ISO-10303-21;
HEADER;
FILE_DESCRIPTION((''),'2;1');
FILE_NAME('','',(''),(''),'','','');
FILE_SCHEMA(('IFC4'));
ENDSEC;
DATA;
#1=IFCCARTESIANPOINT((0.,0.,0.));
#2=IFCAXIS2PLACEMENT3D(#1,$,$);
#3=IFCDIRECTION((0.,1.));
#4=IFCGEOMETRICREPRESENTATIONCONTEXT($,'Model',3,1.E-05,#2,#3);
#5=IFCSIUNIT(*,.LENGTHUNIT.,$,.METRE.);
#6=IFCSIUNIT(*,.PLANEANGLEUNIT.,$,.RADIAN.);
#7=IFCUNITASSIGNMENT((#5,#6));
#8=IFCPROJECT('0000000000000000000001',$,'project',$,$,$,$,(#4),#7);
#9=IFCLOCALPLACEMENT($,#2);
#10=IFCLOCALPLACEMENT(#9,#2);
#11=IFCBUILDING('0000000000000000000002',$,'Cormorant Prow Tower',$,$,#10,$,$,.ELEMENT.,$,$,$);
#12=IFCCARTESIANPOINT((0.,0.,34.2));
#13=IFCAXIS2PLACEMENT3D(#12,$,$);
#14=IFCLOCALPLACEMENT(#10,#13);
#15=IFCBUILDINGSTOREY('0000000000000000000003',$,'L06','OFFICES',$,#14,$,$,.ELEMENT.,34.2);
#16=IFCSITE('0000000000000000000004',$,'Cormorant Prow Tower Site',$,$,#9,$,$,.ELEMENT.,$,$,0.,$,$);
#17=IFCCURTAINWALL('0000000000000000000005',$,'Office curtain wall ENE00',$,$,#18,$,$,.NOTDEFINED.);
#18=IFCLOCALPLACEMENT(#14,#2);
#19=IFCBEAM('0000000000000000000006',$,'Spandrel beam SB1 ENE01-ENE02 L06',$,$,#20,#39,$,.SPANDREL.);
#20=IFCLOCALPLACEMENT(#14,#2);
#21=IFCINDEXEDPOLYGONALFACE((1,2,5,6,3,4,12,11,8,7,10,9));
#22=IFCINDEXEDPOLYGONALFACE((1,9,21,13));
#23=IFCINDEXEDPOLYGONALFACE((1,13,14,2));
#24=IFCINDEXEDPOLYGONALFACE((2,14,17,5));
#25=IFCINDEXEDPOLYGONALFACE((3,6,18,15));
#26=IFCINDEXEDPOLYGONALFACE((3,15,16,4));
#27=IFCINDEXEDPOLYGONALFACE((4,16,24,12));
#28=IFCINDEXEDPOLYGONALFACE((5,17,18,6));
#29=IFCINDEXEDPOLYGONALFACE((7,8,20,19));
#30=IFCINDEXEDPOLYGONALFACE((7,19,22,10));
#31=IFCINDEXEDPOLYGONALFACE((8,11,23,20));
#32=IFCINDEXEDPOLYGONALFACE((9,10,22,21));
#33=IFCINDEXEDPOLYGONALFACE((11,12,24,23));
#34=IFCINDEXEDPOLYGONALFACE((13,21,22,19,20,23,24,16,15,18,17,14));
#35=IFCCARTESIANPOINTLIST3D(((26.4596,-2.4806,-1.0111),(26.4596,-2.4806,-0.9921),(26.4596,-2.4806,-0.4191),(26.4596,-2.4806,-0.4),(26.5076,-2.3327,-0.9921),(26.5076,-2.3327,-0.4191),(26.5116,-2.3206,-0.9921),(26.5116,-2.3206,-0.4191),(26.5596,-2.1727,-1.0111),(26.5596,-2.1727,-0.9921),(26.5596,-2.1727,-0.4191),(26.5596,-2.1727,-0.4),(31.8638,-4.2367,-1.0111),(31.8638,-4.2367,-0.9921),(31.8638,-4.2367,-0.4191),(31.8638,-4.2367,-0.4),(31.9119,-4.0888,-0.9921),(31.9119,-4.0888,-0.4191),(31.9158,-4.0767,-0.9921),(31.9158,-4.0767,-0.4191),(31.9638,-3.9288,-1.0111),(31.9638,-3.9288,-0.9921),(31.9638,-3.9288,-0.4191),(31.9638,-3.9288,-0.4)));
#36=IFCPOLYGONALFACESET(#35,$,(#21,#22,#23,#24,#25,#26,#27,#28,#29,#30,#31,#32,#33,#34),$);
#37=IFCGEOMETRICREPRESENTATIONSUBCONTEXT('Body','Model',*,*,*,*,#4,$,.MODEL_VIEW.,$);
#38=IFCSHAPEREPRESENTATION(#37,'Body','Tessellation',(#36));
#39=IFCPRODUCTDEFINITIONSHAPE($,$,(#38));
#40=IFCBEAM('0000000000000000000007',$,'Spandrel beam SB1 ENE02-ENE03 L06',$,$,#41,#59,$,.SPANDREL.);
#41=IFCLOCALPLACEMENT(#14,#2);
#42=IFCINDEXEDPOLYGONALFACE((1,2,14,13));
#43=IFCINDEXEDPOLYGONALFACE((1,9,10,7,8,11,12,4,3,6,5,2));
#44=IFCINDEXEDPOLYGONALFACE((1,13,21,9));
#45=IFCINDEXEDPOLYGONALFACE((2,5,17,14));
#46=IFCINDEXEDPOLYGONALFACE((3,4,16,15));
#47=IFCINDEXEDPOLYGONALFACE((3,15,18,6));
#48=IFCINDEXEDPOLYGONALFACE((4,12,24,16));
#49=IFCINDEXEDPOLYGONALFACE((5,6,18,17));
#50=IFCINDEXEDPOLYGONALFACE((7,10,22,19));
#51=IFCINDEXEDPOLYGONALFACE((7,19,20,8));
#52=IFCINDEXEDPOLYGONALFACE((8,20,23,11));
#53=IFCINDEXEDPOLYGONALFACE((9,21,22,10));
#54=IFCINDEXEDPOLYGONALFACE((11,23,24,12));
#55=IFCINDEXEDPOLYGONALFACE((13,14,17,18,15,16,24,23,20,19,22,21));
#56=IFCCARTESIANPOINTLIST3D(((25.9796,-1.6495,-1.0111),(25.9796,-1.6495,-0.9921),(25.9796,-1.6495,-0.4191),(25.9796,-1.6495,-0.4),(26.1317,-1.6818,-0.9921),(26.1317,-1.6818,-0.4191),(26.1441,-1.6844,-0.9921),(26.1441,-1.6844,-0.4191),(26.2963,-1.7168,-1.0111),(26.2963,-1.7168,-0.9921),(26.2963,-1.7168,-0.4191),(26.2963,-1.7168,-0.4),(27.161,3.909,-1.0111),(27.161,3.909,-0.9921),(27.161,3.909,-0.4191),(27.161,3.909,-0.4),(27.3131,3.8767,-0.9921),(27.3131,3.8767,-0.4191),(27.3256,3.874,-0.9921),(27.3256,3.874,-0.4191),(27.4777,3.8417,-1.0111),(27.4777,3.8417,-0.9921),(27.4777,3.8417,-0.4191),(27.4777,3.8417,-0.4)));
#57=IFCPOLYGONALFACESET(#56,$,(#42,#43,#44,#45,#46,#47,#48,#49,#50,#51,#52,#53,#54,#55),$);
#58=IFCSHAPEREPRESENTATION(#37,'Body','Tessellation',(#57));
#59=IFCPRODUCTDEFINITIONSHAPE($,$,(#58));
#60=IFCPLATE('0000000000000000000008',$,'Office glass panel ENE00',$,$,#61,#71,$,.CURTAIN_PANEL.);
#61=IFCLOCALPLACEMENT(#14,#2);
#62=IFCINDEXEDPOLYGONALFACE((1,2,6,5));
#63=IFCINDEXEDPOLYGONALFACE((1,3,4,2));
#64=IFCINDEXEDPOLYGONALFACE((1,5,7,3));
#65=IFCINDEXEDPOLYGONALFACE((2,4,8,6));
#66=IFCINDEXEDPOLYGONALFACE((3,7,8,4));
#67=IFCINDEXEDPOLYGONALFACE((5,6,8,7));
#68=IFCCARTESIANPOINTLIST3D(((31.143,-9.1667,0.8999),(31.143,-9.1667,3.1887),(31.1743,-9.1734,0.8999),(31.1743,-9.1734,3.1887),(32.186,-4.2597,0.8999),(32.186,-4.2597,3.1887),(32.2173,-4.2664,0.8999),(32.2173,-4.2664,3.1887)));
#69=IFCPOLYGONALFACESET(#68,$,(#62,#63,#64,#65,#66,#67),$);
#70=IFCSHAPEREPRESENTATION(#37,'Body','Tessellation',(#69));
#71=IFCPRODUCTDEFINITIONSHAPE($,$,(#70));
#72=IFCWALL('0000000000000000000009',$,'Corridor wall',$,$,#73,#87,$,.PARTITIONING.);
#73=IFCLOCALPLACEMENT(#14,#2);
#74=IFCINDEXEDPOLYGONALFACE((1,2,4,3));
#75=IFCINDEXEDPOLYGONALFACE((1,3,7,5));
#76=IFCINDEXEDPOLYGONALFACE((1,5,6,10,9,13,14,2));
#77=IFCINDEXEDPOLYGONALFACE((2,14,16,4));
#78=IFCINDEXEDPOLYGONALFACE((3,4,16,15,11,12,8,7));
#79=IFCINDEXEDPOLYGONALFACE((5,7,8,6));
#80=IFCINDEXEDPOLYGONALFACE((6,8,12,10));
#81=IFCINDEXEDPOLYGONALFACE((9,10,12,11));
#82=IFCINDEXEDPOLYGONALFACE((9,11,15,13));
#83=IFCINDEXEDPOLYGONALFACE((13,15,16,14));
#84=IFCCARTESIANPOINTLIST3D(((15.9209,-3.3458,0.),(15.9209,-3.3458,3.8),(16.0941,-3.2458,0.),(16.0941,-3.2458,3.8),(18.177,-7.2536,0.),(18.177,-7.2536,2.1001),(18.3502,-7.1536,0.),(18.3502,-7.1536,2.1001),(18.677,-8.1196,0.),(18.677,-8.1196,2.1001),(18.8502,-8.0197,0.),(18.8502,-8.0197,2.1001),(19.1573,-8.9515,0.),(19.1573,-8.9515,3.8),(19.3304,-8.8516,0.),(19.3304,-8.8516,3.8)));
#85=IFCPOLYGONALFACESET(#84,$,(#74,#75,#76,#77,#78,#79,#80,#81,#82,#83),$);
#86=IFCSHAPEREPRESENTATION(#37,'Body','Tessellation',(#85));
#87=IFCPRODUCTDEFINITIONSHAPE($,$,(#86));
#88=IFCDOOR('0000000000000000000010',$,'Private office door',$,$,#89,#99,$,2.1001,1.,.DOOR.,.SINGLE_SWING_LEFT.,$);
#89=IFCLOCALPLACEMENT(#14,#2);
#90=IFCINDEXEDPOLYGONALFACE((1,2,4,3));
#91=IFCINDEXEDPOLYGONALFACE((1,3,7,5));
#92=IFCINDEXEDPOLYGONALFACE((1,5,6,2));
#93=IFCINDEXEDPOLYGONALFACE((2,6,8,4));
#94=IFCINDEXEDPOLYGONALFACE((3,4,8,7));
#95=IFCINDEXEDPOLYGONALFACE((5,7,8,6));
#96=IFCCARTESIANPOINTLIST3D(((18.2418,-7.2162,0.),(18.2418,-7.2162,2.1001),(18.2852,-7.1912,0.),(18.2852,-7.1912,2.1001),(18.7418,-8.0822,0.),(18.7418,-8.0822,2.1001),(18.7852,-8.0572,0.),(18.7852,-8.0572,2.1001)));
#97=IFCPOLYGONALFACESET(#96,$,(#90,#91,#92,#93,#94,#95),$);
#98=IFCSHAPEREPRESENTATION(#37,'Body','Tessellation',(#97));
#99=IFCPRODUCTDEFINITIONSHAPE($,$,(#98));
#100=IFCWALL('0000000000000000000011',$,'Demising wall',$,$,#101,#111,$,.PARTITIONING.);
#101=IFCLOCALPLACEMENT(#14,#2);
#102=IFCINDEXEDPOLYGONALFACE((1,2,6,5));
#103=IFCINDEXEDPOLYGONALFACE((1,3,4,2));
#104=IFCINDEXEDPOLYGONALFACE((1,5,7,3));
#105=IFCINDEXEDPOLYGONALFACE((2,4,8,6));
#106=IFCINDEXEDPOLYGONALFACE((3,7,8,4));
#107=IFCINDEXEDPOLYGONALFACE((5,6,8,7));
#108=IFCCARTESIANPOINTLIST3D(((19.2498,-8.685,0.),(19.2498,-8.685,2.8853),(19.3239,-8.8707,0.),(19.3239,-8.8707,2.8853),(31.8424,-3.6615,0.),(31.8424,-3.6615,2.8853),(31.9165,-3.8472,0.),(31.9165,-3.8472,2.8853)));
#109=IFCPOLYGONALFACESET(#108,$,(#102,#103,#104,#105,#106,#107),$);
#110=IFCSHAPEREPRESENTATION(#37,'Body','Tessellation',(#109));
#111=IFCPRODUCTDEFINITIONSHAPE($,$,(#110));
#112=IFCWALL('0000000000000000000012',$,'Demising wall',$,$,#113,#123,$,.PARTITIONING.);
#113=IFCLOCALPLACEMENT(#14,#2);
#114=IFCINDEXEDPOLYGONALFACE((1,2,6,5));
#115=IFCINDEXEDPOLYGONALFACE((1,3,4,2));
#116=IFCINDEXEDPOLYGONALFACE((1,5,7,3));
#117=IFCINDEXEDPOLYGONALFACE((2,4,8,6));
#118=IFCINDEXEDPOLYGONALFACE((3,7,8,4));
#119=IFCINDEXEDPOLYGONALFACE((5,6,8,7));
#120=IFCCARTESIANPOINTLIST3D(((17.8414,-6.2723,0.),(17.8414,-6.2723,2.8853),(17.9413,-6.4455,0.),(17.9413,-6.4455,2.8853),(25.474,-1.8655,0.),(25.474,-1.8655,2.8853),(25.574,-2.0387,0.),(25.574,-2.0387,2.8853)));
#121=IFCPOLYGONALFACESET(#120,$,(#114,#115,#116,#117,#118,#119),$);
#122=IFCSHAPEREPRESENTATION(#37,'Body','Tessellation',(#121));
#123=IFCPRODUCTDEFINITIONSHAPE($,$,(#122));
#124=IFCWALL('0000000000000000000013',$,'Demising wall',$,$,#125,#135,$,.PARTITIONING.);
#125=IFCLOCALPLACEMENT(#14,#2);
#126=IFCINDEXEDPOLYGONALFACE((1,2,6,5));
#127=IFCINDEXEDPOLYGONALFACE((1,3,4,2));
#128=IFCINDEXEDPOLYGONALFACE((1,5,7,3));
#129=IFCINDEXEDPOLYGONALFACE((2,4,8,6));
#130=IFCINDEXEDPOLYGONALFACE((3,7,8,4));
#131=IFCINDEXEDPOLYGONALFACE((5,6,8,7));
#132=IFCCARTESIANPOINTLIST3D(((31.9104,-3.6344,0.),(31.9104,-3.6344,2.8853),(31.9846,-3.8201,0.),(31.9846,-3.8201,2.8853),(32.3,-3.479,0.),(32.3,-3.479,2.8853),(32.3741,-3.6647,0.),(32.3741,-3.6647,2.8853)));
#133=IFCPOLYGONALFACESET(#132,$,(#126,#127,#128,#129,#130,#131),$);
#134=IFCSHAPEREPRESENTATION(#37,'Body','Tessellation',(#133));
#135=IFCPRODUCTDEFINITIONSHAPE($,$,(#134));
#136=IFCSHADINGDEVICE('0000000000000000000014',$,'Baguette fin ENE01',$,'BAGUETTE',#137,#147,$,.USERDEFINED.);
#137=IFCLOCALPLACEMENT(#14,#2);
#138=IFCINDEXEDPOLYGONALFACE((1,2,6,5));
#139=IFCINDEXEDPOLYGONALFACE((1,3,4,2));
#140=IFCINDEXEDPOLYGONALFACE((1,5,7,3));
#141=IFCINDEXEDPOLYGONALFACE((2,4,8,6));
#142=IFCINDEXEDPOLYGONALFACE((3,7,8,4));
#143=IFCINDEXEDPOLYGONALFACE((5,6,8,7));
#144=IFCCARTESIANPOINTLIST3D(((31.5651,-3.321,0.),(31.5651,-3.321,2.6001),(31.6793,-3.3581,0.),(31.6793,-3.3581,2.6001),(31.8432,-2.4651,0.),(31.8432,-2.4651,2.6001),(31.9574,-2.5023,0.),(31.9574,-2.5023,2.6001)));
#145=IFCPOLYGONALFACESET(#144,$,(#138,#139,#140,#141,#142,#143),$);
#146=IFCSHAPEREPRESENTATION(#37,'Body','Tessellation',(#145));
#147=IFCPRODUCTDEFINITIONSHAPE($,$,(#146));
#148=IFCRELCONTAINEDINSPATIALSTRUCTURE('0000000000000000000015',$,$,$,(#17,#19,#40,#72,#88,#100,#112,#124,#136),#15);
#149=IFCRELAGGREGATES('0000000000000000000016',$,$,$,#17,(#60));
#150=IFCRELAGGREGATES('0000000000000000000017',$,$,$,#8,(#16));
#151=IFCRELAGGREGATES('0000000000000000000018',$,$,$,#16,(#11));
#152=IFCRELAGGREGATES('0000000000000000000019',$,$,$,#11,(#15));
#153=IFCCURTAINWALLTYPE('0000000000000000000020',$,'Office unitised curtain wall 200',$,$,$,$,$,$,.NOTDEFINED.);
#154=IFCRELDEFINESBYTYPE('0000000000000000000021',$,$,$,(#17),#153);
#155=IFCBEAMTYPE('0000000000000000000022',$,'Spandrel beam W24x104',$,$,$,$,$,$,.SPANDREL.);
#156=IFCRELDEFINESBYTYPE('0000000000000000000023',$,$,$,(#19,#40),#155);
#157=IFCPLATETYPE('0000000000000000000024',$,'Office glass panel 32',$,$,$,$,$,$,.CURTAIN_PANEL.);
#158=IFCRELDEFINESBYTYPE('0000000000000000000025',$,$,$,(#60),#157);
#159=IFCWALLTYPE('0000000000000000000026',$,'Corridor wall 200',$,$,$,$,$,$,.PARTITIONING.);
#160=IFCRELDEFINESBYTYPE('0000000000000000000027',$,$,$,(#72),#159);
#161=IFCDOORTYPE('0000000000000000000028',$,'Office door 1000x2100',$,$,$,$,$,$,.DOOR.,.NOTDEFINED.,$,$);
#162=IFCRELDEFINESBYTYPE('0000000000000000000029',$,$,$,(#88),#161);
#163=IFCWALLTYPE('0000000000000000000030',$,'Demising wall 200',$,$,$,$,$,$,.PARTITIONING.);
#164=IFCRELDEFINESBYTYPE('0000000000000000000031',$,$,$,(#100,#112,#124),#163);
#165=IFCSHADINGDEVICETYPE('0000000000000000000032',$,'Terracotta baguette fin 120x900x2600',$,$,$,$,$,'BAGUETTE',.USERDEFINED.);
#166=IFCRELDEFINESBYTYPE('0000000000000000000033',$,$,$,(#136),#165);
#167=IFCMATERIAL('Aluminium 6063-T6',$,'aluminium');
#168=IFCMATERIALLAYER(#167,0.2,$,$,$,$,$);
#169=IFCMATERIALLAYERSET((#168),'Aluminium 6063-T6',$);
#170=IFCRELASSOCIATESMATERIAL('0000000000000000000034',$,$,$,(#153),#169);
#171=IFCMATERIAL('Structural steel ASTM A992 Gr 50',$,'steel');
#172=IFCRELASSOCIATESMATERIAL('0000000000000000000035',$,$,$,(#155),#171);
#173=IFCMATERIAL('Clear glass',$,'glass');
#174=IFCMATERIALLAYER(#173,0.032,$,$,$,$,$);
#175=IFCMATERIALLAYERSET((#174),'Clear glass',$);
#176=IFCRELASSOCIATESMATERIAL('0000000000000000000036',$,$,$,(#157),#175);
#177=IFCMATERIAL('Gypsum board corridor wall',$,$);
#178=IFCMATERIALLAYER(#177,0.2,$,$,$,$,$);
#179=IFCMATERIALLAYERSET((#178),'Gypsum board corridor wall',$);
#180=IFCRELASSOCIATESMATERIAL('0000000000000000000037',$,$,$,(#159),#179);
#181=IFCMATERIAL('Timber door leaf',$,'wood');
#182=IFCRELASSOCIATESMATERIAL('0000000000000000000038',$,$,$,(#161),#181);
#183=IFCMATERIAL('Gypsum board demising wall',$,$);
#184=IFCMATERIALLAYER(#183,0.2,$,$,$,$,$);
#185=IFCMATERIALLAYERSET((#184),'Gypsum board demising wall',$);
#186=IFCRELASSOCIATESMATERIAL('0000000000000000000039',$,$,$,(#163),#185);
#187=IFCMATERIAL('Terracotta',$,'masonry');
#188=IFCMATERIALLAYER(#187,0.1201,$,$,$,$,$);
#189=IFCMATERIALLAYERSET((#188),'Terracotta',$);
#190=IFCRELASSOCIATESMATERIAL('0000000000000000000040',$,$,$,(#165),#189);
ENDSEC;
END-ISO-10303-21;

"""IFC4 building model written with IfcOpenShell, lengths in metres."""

from ifc_helpers import new_model, si_unit, direction, frame, frame_2d, origin, origin_2d, place, context, subcontext, project, spatial, rectangle, i_section, extrude, material, layer, layer_set, material_profile, profile_set, type_object, element, fill, aggregate, save


model = new_model("IFC4")

# Units and contexts
model_context = context("Model", 3, precision=1e-05, world=origin(), true_north=direction((0.0, 1.0)))
body_context = subcontext(model_context, "Body", "Model", "MODEL_VIEW")
ifc_project = project(units=[si_unit("LENGTHUNIT", "METRE"), si_unit("PLANEANGLEUNIT", "RADIAN")], contexts=[model_context])

# Site, building, storey
site_placement = place(None, origin())
site = spatial("IfcSite", under=ifc_project, at=site_placement, Name="Cormorant Prow Tower Site", CompositionType="ELEMENT", RefElevation=0.0)
building_placement = place(site_placement, origin())
building = spatial("IfcBuilding", under=site, at=building_placement, Name="Cormorant Prow Tower", CompositionType="ELEMENT")
storey_placement = place(building_placement, frame((0.0, 0.0, 34.2)))
storey = spatial("IfcBuildingStorey", under=building, at=storey_placement, Name="L06", Description="OFFICES", CompositionType="ELEMENT", Elevation=34.2)

# Curtain wall
ifc_material_1 = material(Name="Aluminium 6063-T6", Category="aluminium")
ifc_layer_1 = layer(ifc_material_1, 0.2)
ifc_layer_set_1 = layer_set([ifc_layer_1], Name="Aluminium 6063-T6")
curtain_wall_type = type_object("IfcCurtainWallType", Name="Office unitised curtain wall 200", PredefinedType="NOTDEFINED", material=ifc_layer_set_1)
curtain_wall_1_placement = place(storey_placement, origin())
curtain_wall_1 = element("IfcCurtainWall", 1, at=curtain_wall_1_placement, inside=storey, type_object=curtain_wall_type, Name="Office curtain wall ENE00", PredefinedType="NOTDEFINED")

# Beams
ifc_material_2 = material(Name="Structural steel ASTM A992 Gr 50", Category="steel")
ifc_material_profile_1 = material_profile(ifc_material_2, i_section(OverallWidth=0.3237, OverallDepth=0.6111, WebThickness=0.0127, FlangeThickness=0.019, at=origin_2d()), Name="W24x104")
ifc_profile_set_1 = profile_set([ifc_material_profile_1], Name="Structural steel ASTM A992 Gr 50")
beam_type_1 = type_object("IfcBeamType", Name="Spandrel beam W24x104", PredefinedType="SPANDREL", material=ifc_profile_set_1)
beam_1_placement = place(storey_placement, frame((31.9138, -4.0828, -0.7056), z_axis=(-0.951049, 0.309039, 0.0), x_axis=(-0.309039, -0.951049, 0.0)))
element("IfcBeam", 2, at=beam_1_placement, inside=storey, type_object=beam_type_1, Name="Spandrel beam SB1 ENE01-ENE02 L06", PredefinedType="SPANDREL", context=body_context, shape_type="SweptSolid", body=[
    extrude(i_section(OverallWidth=0.3237, OverallDepth=0.6111, WebThickness=0.0127, FlangeThickness=0.019, at=origin_2d()), origin(), (0.0, 0.0, 1.0), 5.6824),
])
beam_2_placement = place(storey_placement, frame((26.1379, -1.6831, -0.7056), z_axis=(0.2079, 0.97815, 0.0), x_axis=(-0.97815, 0.2079, 0.0)))
element("IfcBeam", 3, at=beam_2_placement, inside=storey, type_object=beam_type_1, Name="Spandrel beam SB1 ENE02-ENE03 L06", PredefinedType="SPANDREL", context=body_context, shape_type="SweptSolid", body=[
    extrude(i_section(OverallWidth=0.3237, OverallDepth=0.6111, WebThickness=0.0127, FlangeThickness=0.019, at=origin_2d()), origin(), (0.0, 0.0, 1.0), 5.6826),
])

# Plate
ifc_material_3 = material(Name="Clear glass", Category="glass")
ifc_layer_2 = layer(ifc_material_3, 0.032)
ifc_layer_set_2 = layer_set([ifc_layer_2], Name="Clear glass")
plate_type = type_object("IfcPlateType", Name="Office glass panel 32", PredefinedType="CURTAIN_PANEL", material=ifc_layer_set_2)
plate_placement = place(storey_placement, frame((31.6802, -6.7166, 0.8999), z_axis=(0.0, 0.0, 1.0), x_axis=(0.207912, 0.978148, 0.0)))
plate = element("IfcPlate", 4, at=plate_placement, type_object=plate_type, Name="Office glass panel ENE00", PredefinedType="CURTAIN_PANEL", context=body_context, shape_type="SweptSolid", body=[
    extrude(rectangle(XDim=5.0166, YDim=0.032, at=origin_2d()), origin(), (0.0, 0.0, 1.0), 2.2888),
])
aggregate(curtain_wall_1, [plate])

# Wall, opening, door
ifc_material_4 = material(Name="Gypsum board corridor wall")
ifc_layer_3 = layer(ifc_material_4, 0.2)
ifc_layer_set_3 = layer_set([ifc_layer_3], Name="Gypsum board corridor wall")
wall_type_1 = type_object("IfcWallType", Name="Corridor wall 200", PredefinedType="PARTITIONING", material=ifc_layer_set_3)
wall_1_placement = place(storey_placement, frame((16.0076, -3.2959, 0.0), z_axis=(0.0, 0.0, 1.0), x_axis=(0.499985, -0.866034, 0.0)))
wall_1 = element("IfcWall", 5, at=wall_1_placement, inside=storey, type_object=wall_type_1, Name="Corridor wall", PredefinedType="PARTITIONING", context=body_context, shape_type="SweptSolid", body=[
    extrude(rectangle(XDim=6.4729, YDim=0.2, at=frame_2d((3.2363, 0.0))), origin(), (0.0, 0.0, 1.0), 3.8),
])
opening_1_placement = place(wall_1_placement, frame((4.5122, 0.0, 0.0)))
opening_1 = element("IfcOpeningElement", 6, at=opening_1_placement, cuts=wall_1, PredefinedType="OPENING", context=body_context, shape_type="SweptSolid", body=[
    extrude(rectangle(XDim=1.0, YDim=2.1001, at=frame_2d((0.5, 1.05))), frame((0.0, 0.1099, 0.0), z_axis=(0.0, -1.0, 0.0), x_axis=(1.0, 0.0, 0.0)), (0.0, 0.0, 1.0), 0.22),
])
ifc_material_5 = material(Name="Timber door leaf", Category="wood")
door_type_1 = type_object("IfcDoorType", Name="Office door 1000x2100", OperationType="NOTDEFINED", PredefinedType="DOOR", material=ifc_material_5)
door_1_placement = place(opening_1_placement, origin())
door_1 = element("IfcDoor", 7, at=door_1_placement, inside=storey, type_object=door_type_1, Name="Private office door", OperationType="SINGLE_SWING_LEFT", OverallHeight=2.1001, OverallWidth=1.0, PredefinedType="DOOR", context=body_context, shape_type="SweptSolid", body=[
    extrude(rectangle(XDim=1.0, YDim=2.1001, at=frame_2d((0.5, 1.05))), frame((0.0, 0.0249, 0.0), z_axis=(0.0, -1.0, 0.0), x_axis=(1.0, 0.0, 0.0)), (0.0, 0.0, 1.0), 0.05),
])
fill(opening_1, door_1)

# Walls
ifc_material_6 = material(Name="Gypsum board demising wall")
ifc_layer_4 = layer(ifc_material_6, 0.2)
ifc_layer_set_4 = layer_set([ifc_layer_4], Name="Gypsum board demising wall")
wall_type_2 = type_object("IfcWallType", Name="Demising wall 200", PredefinedType="PARTITIONING", material=ifc_layer_set_4)
wall_2_placement = place(storey_placement, frame((19.2869, -8.7778, 0.0), z_axis=(0.0, 0.0, 1.0), x_axis=(0.928822, 0.370527, 0.0)))
element("IfcWall", 8, at=wall_2_placement, inside=storey, type_object=wall_type_2, Name="Demising wall", PredefinedType="PARTITIONING", context=body_context, shape_type="SweptSolid", body=[
    extrude(rectangle(XDim=13.5576, YDim=0.2, at=frame_2d((6.7788, 0.0))), origin(), (0.0, 0.0, 1.0), 2.8853),
])
wall_3_placement = place(storey_placement, frame((17.8914, -6.3589, 0.0), z_axis=(0.0, 0.0, 1.0), x_axis=(0.866022, 0.500006, 0.0)))
element("IfcWall", 9, at=wall_3_placement, inside=storey, type_object=wall_type_2, Name="Demising wall", PredefinedType="PARTITIONING", context=body_context, shape_type="SweptSolid", body=[
    extrude(rectangle(XDim=8.8135, YDim=0.2, at=frame_2d((4.4067, 0.0))), origin(), (0.0, 0.0, 1.0), 2.8853),
])
wall_4_placement = place(storey_placement, frame((31.9475, -3.7273, 0.0), z_axis=(0.0, 0.0, 1.0), x_axis=(0.928757, 0.370688, 0.0)))
element("IfcWall", 10, at=wall_4_placement, inside=storey, type_object=wall_type_2, Name="Demising wall", PredefinedType="PARTITIONING", context=body_context, shape_type="SweptSolid", body=[
    extrude(rectangle(XDim=0.4194, YDim=0.2, at=frame_2d((0.2097, 0.0))), origin(), (0.0, 0.0, 1.0), 2.8853),
])

# Shading device
ifc_material_7 = material(Name="Terracotta", Category="masonry")
ifc_layer_5 = layer(ifc_material_7, 0.1201)
ifc_layer_set_5 = layer_set([ifc_layer_5], Name="Terracotta")
shading_device_type = type_object("IfcShadingDeviceType", Name="Terracotta baguette fin 120x900x2600", ElementType="BAGUETTE", PredefinedType="USERDEFINED", material=ifc_layer_set_5)
shading_device_placement = place(storey_placement, frame((31.7612, -2.9116, 0.0), z_axis=(0.0, 0.0, 1.0), x_axis=(-0.951057, 0.309017, 0.0)))
element("IfcShadingDevice", 11, at=shading_device_placement, inside=storey, type_object=shading_device_type, Name="Baguette fin ENE01", ObjectType="BAGUETTE", PredefinedType="USERDEFINED", context=body_context, shape_type="SweptSolid", body=[
    extrude(rectangle(XDim=0.1201, YDim=0.8999, at=origin_2d()), origin(), (0.0, 0.0, 1.0), 2.6001),
])

save(model, "model.ifc")
